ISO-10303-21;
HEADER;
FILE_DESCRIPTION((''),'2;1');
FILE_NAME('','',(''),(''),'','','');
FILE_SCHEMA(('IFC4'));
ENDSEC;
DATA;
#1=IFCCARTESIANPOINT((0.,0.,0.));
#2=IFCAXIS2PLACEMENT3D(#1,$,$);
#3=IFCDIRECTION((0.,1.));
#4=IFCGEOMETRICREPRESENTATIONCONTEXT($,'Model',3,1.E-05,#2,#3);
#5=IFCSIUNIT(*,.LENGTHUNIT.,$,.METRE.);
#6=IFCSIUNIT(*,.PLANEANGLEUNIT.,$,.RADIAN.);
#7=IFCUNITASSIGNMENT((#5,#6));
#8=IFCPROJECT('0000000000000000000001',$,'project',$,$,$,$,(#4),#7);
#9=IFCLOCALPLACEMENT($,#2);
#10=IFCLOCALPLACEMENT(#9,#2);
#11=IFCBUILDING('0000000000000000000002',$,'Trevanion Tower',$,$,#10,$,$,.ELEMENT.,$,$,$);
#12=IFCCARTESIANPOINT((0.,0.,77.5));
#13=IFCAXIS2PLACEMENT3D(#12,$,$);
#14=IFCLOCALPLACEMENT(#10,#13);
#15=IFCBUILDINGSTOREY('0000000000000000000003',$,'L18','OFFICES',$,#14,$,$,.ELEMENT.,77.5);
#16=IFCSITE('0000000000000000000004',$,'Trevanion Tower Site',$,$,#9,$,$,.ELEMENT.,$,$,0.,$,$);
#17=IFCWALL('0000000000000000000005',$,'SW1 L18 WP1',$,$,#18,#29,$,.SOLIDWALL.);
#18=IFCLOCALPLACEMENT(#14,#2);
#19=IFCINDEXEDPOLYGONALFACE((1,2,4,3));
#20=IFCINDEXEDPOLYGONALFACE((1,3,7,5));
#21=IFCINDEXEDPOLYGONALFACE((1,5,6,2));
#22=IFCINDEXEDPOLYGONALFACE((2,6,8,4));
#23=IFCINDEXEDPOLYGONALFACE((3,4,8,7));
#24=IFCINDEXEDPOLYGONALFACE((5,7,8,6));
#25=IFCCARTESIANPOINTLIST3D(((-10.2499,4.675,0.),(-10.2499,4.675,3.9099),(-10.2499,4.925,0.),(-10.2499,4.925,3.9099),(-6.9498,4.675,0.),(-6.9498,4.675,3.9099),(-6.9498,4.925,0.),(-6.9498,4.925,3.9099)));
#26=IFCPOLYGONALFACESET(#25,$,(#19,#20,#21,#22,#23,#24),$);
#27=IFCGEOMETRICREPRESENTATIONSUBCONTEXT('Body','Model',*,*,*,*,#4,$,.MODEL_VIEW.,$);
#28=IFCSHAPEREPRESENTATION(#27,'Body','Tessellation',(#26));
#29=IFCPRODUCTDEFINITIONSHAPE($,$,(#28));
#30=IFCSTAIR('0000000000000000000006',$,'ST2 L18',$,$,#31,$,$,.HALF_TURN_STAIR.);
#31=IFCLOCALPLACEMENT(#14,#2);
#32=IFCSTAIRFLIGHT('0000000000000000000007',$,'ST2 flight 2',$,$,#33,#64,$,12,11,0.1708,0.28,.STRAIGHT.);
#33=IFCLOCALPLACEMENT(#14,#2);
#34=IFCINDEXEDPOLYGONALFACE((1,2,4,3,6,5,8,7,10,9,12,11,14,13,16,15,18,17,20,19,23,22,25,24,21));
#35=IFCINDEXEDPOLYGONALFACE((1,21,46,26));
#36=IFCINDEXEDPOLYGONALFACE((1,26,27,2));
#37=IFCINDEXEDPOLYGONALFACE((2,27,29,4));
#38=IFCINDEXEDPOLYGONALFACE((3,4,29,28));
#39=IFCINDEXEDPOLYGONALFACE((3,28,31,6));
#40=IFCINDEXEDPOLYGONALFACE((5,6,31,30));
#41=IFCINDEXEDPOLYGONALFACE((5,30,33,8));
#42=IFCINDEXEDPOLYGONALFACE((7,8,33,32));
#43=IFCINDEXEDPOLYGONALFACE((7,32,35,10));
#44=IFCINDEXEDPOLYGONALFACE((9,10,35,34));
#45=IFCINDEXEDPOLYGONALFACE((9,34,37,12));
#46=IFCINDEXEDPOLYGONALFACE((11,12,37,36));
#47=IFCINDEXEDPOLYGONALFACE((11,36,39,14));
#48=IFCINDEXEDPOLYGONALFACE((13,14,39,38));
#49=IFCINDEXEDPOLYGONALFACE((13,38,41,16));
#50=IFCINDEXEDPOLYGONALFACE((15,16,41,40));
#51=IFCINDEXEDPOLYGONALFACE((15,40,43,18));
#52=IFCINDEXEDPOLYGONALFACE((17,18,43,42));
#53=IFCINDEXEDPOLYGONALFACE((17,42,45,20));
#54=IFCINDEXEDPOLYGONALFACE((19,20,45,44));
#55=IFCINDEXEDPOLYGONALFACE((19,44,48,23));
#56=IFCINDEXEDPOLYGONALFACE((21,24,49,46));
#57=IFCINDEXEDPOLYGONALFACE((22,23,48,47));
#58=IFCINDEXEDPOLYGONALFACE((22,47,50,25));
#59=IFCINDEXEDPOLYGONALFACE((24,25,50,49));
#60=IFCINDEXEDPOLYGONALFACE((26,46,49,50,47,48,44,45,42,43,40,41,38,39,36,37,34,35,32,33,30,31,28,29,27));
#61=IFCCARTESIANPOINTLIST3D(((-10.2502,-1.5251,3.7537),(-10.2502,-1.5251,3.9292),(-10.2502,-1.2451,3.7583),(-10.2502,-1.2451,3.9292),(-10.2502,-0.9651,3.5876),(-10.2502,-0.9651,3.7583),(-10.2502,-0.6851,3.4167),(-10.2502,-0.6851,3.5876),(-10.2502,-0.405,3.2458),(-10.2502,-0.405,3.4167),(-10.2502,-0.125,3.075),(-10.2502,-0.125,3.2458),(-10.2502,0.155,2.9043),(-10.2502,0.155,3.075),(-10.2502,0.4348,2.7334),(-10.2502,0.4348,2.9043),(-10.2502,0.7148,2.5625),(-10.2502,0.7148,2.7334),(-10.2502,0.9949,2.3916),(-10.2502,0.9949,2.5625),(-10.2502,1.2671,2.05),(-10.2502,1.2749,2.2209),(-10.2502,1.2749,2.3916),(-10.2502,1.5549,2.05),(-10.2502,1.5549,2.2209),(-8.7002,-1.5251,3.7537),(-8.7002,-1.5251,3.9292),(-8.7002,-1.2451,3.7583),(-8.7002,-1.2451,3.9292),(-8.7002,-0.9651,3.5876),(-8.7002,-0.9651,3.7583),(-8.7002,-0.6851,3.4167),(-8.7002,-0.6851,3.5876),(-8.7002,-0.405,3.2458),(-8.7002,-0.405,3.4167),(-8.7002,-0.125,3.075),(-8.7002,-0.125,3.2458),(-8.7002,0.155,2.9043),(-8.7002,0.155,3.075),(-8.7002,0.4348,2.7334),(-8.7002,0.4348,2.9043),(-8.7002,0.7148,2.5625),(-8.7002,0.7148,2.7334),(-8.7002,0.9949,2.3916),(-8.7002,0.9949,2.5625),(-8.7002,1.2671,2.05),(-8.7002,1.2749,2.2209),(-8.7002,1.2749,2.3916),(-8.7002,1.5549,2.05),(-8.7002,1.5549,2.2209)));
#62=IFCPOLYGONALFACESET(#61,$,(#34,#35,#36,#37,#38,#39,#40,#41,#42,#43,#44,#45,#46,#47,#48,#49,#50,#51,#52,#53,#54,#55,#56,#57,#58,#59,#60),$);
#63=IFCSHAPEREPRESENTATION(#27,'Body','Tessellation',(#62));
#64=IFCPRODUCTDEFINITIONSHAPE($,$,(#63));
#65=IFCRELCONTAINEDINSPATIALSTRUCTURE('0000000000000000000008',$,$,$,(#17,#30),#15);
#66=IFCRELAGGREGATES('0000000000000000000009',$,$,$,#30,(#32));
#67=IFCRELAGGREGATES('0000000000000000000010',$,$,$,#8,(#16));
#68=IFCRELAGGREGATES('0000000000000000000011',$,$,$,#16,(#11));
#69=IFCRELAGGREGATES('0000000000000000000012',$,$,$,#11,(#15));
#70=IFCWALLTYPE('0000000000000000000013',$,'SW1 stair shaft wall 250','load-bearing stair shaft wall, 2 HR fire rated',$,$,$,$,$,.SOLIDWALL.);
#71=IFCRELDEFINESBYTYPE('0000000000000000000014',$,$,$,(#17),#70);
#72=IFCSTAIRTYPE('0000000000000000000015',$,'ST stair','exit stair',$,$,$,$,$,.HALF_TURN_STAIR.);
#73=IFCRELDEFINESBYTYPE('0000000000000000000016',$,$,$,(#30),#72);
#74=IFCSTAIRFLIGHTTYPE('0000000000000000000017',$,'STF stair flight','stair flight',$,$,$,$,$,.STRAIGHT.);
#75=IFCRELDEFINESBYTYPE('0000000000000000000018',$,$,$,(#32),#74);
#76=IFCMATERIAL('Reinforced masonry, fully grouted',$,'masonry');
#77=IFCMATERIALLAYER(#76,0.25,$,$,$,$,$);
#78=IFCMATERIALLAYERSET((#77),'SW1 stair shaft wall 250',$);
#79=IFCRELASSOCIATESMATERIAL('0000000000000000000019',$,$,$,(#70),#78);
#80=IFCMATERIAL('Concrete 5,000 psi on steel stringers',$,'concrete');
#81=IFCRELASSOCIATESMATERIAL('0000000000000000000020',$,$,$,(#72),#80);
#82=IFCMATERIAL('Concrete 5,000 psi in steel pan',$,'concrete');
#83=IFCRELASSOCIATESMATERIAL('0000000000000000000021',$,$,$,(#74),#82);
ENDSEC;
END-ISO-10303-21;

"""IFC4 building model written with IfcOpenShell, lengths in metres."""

from ifc_helpers import new_model, si_unit, direction, frame, frame_2d, origin, place, context, subcontext, project, spatial, polyline, rectangle, outline, extrude, material, layer, layer_set, type_object, element, aggregate, save


model = new_model("IFC4")

# Units and contexts
model_context = context("Model", 3, precision=1e-05, world=origin(), true_north=direction((0.0, 1.0)))
body_context = subcontext(model_context, "Body", "Model", "MODEL_VIEW")
ifc_project = project(units=[si_unit("LENGTHUNIT", "METRE"), si_unit("PLANEANGLEUNIT", "RADIAN")], contexts=[model_context])

# Site, building, storey
site_placement = place(None, origin())
site = spatial("IfcSite", under=ifc_project, at=site_placement, Name="Trevanion Tower Site", CompositionType="ELEMENT", RefElevation=0.0)
building_placement = place(site_placement, origin())
building = spatial("IfcBuilding", under=site, at=building_placement, Name="Trevanion Tower", CompositionType="ELEMENT")
storey_placement = place(building_placement, frame((0.0, 0.0, 77.5)))
storey = spatial("IfcBuildingStorey", under=building, at=storey_placement, Name="L18", Description="OFFICES", CompositionType="ELEMENT", Elevation=77.5)

# Wall
ifc_material_1 = material(Name="Reinforced masonry, fully grouted", Category="masonry")
ifc_layer_1 = layer(ifc_material_1, 0.25)
ifc_layer_set_1 = layer_set([ifc_layer_1], Name="SW1 stair shaft wall 250")
wall_type_1 = type_object("IfcWallType", Name="SW1 stair shaft wall 250", Description="load-bearing stair shaft wall, 2 HR fire rated", PredefinedType="SOLIDWALL", material=ifc_layer_set_1)
wall_1_placement = place(storey_placement, frame((-6.95, 4.8, 0.0), z_axis=(0.0, 0.0, 1.0), x_axis=(-1.0, 0.0, 0.0)))
element("IfcWall", 1, at=wall_1_placement, inside=storey, type_object=wall_type_1, Name="SW1 L18 WP1", PredefinedType="SOLIDWALL", context=body_context, shape_type="SweptSolid", body=[
    extrude(rectangle(XDim=3.3, YDim=0.25, at=frame_2d((1.6499, 0.0))), origin(), (0.0, 0.0, 1.0), 3.9099),
])

# Stair, stair flight
ifc_material_2 = material(Name="Concrete 5,000 psi on steel stringers", Category="concrete")
stair_type = type_object("IfcStairType", Name="ST stair", Description="exit stair", PredefinedType="HALF_TURN_STAIR", material=ifc_material_2)
stair_placement = place(storey_placement, origin())
stair = element("IfcStair", 2, at=stair_placement, inside=storey, type_object=stair_type, Name="ST2 L18", PredefinedType="HALF_TURN_STAIR")
ifc_material_3 = material(Name="Concrete 5,000 psi in steel pan", Category="concrete")
stair_flight_type = type_object("IfcStairFlightType", Name="STF stair flight", Description="stair flight", PredefinedType="STRAIGHT", material=ifc_material_3)
stair_flight_placement = place(storey_placement, frame((-9.4751, 1.5549, 2.05), z_axis=(0.0, 0.0, 1.0), x_axis=(0.0, -1.0, 0.0)))
stair_flight = element("IfcStairFlight", 3, at=stair_flight_placement, type_object=stair_flight_type, Name="ST2 flight 2", NumberOfRisers=12, NumberOfTreads=11, PredefinedType="STRAIGHT", RiserHeight=0.1708, TreadLength=0.28, context=body_context, shape_type="SweptSolid", body=[
    extrude(outline(polyline([(0.0, 0.0), (0.0, 0.1709), (0.28, 0.1709), (0.28, 0.3416), (0.5601, 0.3416), (0.5601, 0.5125), (0.8401, 0.5125), (0.8401, 0.6833), (1.1201, 0.6833), (1.1201, 0.8542), (1.3999, 0.8542), (1.3999, 1.0249), (1.6799, 1.0249), (1.6799, 1.1958), (1.96, 1.1958), (1.96, 1.3667), (2.24, 1.3667), (2.24, 1.5376), (2.52, 1.5376), (2.52, 1.7083), (2.8, 1.7083), (2.8, 1.8792), (3.0801, 1.8792), (3.0801, 2.05), (3.0801, 1.7036), (0.2878, 0.0), (0.0, 0.0)])), frame((0.0, 0.7749, 0.0), z_axis=(0.0, -1.0, 0.0), x_axis=(1.0, 0.0, 0.0)), (0.0, 0.0, 1.0), 1.55),
])
aggregate(stair, [stair_flight])

save(model, "model.ifc")
